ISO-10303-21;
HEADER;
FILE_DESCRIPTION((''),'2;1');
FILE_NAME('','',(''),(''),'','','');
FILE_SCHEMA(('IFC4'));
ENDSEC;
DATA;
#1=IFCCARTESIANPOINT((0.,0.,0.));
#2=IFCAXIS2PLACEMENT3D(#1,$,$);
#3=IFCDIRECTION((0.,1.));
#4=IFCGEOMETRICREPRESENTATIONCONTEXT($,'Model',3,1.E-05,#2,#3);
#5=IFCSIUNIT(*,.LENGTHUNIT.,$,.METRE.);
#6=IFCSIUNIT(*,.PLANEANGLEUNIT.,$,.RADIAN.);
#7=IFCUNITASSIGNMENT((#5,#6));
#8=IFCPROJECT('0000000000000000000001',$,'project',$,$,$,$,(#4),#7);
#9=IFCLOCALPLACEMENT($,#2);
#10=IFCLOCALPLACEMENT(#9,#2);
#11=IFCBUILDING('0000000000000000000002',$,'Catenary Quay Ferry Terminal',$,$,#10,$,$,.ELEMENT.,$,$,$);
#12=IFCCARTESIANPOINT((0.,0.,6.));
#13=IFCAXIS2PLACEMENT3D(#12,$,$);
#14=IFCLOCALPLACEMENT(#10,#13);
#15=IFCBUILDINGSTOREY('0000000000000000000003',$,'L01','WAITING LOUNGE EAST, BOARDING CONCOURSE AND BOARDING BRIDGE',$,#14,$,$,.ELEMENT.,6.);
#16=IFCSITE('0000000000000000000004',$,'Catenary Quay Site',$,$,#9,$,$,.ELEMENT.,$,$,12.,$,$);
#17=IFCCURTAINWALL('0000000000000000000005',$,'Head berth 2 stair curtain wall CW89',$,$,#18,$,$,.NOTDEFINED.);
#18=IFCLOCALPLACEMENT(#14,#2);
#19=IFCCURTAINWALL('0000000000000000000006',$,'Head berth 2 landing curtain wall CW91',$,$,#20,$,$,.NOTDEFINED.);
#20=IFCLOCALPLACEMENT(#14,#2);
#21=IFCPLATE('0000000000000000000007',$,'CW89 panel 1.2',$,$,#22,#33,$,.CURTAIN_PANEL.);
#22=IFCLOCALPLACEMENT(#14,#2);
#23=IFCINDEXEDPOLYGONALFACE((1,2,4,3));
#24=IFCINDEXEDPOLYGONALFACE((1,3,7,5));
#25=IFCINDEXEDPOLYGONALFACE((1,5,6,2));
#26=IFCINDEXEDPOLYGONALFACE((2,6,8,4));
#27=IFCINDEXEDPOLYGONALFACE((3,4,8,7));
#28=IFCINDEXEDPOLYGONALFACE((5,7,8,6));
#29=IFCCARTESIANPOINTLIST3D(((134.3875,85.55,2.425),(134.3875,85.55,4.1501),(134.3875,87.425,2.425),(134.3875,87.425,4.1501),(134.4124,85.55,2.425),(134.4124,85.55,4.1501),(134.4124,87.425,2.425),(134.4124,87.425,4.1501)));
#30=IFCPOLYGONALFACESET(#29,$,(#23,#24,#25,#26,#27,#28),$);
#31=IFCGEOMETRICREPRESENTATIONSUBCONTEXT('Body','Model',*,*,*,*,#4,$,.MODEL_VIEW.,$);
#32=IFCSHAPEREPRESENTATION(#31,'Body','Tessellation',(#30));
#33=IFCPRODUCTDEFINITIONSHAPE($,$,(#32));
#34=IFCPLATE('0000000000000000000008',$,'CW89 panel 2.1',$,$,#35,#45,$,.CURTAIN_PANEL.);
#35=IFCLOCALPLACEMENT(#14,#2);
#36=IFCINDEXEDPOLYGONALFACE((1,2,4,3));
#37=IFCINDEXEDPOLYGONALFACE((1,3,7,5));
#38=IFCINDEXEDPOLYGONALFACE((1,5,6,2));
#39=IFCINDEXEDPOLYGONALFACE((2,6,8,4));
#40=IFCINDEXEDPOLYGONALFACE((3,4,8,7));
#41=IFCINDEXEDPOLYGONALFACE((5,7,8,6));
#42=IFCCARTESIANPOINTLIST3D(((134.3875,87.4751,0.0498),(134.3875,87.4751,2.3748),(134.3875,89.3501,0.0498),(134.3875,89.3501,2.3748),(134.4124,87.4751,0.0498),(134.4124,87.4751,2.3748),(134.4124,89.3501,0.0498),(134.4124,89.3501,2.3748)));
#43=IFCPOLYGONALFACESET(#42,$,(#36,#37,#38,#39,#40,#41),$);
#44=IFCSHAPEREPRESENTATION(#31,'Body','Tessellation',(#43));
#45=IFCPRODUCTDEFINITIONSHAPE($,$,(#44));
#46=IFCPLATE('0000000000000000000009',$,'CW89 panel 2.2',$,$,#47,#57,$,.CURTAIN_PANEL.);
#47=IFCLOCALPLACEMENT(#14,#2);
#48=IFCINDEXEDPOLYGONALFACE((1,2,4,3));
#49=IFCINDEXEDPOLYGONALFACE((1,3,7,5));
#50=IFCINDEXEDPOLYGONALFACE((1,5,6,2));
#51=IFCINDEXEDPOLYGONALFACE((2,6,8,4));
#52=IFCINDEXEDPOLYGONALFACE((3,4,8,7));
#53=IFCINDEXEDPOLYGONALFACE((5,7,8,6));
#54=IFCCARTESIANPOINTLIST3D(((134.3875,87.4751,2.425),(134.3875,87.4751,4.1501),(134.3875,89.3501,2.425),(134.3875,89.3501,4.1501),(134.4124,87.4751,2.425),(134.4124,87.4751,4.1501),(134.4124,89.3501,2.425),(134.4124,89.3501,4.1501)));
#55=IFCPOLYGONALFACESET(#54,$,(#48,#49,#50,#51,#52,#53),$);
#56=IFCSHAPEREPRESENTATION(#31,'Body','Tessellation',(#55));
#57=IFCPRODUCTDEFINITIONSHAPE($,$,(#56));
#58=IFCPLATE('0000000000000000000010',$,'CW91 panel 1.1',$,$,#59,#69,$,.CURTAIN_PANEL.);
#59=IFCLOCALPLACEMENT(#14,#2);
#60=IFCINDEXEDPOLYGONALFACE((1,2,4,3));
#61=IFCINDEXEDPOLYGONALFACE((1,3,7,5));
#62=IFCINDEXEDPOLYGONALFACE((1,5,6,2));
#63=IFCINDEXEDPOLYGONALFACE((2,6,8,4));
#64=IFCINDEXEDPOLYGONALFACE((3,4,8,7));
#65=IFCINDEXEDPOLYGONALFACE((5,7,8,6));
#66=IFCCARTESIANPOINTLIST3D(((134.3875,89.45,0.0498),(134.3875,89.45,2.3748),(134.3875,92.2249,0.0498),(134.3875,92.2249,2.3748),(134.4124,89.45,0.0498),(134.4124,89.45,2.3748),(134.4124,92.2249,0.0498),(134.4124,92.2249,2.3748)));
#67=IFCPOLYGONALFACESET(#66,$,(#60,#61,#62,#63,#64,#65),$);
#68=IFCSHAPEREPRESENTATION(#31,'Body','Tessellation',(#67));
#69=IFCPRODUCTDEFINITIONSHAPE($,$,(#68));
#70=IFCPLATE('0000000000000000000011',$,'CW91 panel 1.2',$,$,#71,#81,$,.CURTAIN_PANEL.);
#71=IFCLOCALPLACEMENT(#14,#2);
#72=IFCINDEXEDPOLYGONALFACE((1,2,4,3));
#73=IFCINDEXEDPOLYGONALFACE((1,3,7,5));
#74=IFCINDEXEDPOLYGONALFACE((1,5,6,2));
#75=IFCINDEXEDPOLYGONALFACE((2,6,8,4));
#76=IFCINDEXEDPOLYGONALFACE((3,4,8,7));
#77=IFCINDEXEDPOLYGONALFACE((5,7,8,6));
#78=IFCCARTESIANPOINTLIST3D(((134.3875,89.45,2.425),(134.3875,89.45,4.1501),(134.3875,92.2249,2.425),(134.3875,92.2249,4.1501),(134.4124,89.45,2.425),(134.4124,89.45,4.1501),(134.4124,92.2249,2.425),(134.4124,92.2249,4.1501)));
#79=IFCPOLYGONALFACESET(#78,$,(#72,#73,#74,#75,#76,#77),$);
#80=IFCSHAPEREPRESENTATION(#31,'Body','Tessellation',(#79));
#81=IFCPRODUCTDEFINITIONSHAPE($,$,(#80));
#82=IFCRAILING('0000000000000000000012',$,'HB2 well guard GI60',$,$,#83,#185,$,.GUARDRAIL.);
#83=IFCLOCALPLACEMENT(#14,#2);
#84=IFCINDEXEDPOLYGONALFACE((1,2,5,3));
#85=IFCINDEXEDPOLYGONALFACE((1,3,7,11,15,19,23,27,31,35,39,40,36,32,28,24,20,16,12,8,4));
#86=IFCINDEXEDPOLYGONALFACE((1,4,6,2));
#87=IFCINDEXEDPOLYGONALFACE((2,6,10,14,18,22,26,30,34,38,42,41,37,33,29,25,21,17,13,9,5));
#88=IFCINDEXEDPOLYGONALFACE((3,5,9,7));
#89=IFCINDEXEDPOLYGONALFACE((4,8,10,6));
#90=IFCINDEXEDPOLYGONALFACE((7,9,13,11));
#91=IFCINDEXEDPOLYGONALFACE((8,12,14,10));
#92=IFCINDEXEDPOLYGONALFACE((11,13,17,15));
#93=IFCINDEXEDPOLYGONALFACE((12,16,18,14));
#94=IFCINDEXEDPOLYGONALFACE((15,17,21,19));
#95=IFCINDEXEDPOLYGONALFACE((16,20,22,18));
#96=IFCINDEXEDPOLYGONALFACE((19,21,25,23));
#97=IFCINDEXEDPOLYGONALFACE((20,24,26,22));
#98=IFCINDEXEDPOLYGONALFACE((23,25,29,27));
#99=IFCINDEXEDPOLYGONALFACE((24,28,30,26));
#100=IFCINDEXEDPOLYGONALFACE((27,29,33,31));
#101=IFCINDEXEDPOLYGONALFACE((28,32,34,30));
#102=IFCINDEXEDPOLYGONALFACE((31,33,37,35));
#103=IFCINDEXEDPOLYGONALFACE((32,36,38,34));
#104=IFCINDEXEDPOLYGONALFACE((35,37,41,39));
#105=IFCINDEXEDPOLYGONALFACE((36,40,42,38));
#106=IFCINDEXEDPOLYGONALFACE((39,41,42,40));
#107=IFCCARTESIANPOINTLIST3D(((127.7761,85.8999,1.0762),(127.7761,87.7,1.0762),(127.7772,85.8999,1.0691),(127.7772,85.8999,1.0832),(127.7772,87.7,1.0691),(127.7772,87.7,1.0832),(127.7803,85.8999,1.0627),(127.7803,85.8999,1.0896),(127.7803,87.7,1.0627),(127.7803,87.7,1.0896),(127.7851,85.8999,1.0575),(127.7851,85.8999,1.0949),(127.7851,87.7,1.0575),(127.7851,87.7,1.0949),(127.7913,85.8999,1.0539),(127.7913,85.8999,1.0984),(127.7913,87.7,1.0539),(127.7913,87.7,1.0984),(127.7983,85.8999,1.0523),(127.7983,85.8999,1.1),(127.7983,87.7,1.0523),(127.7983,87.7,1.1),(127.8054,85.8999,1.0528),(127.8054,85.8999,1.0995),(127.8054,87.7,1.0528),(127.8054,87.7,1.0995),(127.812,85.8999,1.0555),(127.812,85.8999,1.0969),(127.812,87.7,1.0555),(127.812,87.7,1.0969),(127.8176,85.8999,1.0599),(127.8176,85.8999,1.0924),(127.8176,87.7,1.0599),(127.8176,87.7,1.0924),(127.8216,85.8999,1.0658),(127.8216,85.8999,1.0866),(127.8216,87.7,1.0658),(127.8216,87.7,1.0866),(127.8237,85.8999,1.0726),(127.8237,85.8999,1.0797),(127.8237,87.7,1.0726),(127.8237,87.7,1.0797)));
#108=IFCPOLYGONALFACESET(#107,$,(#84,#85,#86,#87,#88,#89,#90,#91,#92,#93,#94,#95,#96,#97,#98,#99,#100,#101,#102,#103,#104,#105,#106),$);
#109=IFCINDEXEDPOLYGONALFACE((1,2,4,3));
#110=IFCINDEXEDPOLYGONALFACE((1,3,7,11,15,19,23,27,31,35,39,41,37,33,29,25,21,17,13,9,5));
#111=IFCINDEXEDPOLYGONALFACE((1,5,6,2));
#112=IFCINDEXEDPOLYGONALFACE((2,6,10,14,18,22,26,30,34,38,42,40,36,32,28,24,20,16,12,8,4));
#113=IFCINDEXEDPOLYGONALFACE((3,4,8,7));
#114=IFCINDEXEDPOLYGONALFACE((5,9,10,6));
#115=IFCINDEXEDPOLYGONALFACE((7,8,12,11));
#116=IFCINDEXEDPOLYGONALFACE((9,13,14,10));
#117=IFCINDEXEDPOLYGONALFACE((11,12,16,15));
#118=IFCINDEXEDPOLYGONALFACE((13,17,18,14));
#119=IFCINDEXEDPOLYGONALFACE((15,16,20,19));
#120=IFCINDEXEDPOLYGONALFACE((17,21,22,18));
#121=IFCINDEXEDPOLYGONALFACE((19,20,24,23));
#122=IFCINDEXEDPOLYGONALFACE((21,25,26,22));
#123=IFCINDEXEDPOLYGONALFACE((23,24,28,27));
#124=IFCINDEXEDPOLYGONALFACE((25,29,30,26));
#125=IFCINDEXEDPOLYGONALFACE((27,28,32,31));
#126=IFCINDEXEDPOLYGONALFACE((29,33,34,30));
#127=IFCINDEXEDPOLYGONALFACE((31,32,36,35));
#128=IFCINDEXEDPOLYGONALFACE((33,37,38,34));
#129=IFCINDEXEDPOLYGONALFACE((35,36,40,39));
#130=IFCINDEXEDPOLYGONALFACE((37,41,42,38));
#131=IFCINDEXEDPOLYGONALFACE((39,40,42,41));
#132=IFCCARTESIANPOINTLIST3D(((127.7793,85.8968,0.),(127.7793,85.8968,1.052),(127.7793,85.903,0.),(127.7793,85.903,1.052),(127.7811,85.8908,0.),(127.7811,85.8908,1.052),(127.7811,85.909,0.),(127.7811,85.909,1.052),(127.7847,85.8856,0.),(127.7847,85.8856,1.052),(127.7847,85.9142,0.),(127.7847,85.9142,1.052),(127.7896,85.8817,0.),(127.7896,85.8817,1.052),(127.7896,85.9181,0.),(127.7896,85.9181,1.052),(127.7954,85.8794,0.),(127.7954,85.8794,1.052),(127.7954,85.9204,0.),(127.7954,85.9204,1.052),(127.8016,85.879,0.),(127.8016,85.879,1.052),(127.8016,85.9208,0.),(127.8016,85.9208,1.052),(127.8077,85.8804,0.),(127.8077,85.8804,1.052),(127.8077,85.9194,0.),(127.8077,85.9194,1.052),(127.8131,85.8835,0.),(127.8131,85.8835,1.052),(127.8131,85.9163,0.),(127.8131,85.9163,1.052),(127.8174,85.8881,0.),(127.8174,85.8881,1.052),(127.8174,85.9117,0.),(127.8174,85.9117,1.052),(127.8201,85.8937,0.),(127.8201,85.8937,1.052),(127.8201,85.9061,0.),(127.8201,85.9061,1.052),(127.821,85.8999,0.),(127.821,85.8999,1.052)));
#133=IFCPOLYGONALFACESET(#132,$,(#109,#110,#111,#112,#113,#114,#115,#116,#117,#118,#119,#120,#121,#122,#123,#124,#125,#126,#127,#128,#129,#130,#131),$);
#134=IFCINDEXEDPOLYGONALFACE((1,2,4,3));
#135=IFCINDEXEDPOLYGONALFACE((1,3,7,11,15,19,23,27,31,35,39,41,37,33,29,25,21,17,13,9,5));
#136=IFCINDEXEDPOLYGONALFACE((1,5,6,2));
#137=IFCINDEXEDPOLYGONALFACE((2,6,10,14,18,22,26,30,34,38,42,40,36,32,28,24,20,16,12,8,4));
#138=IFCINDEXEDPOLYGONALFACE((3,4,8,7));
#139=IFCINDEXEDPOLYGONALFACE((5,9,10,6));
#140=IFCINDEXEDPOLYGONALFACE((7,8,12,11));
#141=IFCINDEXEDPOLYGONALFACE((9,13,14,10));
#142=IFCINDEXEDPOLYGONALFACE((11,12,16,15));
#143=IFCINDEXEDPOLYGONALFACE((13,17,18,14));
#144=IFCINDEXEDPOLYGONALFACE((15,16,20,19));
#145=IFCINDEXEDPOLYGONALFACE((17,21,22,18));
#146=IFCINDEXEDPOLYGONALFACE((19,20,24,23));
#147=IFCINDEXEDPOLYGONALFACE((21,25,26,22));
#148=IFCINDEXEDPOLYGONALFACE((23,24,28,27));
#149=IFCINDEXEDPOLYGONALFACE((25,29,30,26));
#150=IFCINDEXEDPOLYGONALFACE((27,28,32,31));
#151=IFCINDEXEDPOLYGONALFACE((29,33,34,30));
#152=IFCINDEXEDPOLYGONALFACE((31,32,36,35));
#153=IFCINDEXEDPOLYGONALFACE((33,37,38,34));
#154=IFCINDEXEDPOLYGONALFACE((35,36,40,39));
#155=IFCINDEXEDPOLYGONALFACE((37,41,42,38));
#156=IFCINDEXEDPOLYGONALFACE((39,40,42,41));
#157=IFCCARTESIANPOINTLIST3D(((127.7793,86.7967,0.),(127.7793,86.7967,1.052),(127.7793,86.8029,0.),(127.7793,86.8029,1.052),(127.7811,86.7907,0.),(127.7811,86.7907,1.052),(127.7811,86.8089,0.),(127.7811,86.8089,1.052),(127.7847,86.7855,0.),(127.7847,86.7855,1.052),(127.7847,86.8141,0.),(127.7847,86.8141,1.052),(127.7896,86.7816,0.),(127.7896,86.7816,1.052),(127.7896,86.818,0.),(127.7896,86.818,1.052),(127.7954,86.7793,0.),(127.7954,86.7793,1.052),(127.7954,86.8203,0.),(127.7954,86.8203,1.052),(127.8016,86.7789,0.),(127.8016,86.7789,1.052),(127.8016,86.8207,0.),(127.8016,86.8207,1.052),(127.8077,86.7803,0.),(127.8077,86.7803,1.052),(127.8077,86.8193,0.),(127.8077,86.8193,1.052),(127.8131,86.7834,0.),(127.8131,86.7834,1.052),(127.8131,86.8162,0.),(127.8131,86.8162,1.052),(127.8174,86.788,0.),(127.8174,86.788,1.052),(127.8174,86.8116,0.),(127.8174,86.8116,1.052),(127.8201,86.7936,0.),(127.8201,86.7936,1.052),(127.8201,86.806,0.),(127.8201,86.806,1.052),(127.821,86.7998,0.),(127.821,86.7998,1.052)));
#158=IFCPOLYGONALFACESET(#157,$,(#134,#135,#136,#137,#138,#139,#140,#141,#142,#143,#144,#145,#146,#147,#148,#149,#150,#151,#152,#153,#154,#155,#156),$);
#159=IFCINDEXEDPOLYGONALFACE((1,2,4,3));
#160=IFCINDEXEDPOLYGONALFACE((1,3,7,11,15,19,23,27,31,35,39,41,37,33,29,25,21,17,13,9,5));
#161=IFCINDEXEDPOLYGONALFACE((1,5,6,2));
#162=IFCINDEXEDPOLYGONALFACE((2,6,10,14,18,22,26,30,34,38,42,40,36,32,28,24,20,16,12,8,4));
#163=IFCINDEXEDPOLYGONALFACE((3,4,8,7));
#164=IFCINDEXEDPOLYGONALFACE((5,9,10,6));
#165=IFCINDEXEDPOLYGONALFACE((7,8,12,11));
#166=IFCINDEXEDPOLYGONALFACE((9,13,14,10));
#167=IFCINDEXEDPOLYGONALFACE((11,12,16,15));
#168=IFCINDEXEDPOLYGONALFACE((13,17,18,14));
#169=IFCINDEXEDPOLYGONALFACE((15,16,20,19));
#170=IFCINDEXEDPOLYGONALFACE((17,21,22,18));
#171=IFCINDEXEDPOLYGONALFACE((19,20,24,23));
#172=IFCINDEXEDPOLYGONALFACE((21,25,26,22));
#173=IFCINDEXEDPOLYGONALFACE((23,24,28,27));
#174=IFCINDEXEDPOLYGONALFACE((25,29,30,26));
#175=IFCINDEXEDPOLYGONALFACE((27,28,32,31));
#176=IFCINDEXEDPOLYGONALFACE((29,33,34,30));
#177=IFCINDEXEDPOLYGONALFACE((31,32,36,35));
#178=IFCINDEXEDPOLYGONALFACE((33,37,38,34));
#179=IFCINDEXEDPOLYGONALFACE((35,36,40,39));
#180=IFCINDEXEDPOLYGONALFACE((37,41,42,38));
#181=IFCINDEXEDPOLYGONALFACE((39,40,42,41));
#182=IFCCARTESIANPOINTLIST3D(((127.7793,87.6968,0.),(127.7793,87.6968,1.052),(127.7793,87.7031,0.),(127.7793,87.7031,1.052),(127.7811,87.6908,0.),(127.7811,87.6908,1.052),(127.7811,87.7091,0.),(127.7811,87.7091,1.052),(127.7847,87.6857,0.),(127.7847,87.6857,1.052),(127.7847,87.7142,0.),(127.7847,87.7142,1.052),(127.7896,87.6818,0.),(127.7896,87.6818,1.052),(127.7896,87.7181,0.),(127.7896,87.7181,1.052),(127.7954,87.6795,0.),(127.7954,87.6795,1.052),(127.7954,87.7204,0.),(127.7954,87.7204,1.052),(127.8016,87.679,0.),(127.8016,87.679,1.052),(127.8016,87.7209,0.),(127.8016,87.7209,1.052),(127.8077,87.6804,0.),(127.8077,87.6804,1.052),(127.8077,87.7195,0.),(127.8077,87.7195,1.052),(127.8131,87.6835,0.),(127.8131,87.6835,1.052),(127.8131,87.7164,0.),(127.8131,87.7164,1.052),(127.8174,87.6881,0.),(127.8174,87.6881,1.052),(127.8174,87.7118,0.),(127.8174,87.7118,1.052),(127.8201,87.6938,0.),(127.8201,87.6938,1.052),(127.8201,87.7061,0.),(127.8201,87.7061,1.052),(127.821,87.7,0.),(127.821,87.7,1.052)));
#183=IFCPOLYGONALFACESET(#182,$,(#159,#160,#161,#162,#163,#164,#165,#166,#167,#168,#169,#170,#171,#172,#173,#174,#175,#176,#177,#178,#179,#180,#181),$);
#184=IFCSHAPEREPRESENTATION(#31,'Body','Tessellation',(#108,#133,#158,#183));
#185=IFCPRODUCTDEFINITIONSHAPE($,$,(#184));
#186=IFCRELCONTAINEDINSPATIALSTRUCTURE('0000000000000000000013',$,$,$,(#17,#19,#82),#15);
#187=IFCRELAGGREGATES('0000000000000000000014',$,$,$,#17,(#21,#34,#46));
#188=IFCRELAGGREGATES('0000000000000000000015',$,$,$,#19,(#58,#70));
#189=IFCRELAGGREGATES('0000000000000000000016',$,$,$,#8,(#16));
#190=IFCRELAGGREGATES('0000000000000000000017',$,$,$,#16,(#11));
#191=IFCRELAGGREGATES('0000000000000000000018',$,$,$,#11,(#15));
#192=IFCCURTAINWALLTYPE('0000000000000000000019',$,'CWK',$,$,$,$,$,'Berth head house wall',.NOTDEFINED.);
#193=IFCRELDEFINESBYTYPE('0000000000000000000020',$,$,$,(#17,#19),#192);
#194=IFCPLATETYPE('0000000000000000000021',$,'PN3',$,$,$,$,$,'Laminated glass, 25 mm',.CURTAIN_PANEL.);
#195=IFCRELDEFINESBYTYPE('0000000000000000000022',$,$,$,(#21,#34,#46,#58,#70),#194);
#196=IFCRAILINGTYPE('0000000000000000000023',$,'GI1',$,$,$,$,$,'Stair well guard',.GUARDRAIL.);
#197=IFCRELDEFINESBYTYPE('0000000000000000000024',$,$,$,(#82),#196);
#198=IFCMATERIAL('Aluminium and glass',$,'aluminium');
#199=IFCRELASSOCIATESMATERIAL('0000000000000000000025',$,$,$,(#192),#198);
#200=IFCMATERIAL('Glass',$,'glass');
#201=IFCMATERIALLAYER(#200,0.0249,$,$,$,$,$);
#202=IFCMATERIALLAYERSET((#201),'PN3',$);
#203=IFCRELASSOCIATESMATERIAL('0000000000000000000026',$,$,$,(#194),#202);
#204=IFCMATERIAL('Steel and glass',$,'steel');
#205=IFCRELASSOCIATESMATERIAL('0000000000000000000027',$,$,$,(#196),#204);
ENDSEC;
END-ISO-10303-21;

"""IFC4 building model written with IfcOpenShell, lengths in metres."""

from ifc_helpers import new_model, si_unit, direction, frame, origin, origin_2d, place, context, subcontext, project, spatial, rectangle, circle, extrude, material, layer, layer_set, type_object, element, aggregate, save


model = new_model("IFC4")

# Units and contexts
model_context = context("Model", 3, precision=1e-05, world=origin(), true_north=direction((0.0, 1.0)))
body_context = subcontext(model_context, "Body", "Model", "MODEL_VIEW")
ifc_project = project(units=[si_unit("LENGTHUNIT", "METRE"), si_unit("PLANEANGLEUNIT", "RADIAN")], contexts=[model_context])

# Site, building, storey
site_placement = place(None, origin())
site = spatial("IfcSite", under=ifc_project, at=site_placement, Name="Catenary Quay Site", CompositionType="ELEMENT", RefElevation=12.0)
building_placement = place(site_placement, origin())
building = spatial("IfcBuilding", under=site, at=building_placement, Name="Catenary Quay Ferry Terminal", CompositionType="ELEMENT")
storey_placement = place(building_placement, frame((0.0, 0.0, 6.0)))
storey = spatial("IfcBuildingStorey", under=building, at=storey_placement, Name="L01", Description="WAITING LOUNGE EAST, BOARDING CONCOURSE AND BOARDING BRIDGE", CompositionType="ELEMENT", Elevation=6.0)

# Curtain walls
ifc_material_1 = material(Name="Aluminium and glass", Category="aluminium")
curtain_wall_type = type_object("IfcCurtainWallType", Name="CWK", ElementType="Berth head house wall", PredefinedType="NOTDEFINED", material=ifc_material_1)
curtain_wall_1_placement = place(storey_placement, origin())
curtain_wall_1 = element("IfcCurtainWall", 1, at=curtain_wall_1_placement, inside=storey, type_object=curtain_wall_type, Name="Head berth 2 stair curtain wall CW89", PredefinedType="NOTDEFINED")
curtain_wall_2_placement = place(storey_placement, origin())
curtain_wall_2 = element("IfcCurtainWall", 2, at=curtain_wall_2_placement, inside=storey, type_object=curtain_wall_type, Name="Head berth 2 landing curtain wall CW91", PredefinedType="NOTDEFINED")

# Plates
ifc_material_2 = material(Name="Glass", Category="glass")
ifc_layer = layer(ifc_material_2, 0.0249)
ifc_layer_set = layer_set([ifc_layer], Name="PN3")
plate_type = type_object("IfcPlateType", Name="PN3", ElementType="Laminated glass, 25 mm", PredefinedType="CURTAIN_PANEL", material=ifc_layer_set)
plate_1_placement = place(storey_placement, frame((134.3999, 86.4875, 2.425), z_axis=(0.0, 0.0, 1.0), x_axis=(0.0, 1.0, 0.0)))
plate_1 = element("IfcPlate", 3, at=plate_1_placement, type_object=plate_type, Name="CW89 panel 1.2", PredefinedType="CURTAIN_PANEL", context=body_context, shape_type="SweptSolid", body=[
    extrude(rectangle(XDim=1.875, YDim=0.0249, at=origin_2d()), origin(), (0.0, 0.0, 1.0), 1.7251),
])
plate_2_placement = place(storey_placement, frame((134.3999, 88.4126, 0.0498), z_axis=(0.0, 0.0, 1.0), x_axis=(0.0, 1.0, 0.0)))
plate_2 = element("IfcPlate", 4, at=plate_2_placement, type_object=plate_type, Name="CW89 panel 2.1", PredefinedType="CURTAIN_PANEL", context=body_context, shape_type="SweptSolid", body=[
    extrude(rectangle(XDim=1.875, YDim=0.0249, at=origin_2d()), origin(), (0.0, 0.0, 1.0), 2.325),
])
plate_3_placement = place(storey_placement, frame((134.3999, 88.4126, 2.425), z_axis=(0.0, 0.0, 1.0), x_axis=(0.0, 1.0, 0.0)))
plate_3 = element("IfcPlate", 5, at=plate_3_placement, type_object=plate_type, Name="CW89 panel 2.2", PredefinedType="CURTAIN_PANEL", context=body_context, shape_type="SweptSolid", body=[
    extrude(rectangle(XDim=1.875, YDim=0.0249, at=origin_2d()), origin(), (0.0, 0.0, 1.0), 1.7251),
])
aggregate(curtain_wall_1, [plate_1, plate_2, plate_3])
plate_4_placement = place(storey_placement, frame((134.3999, 90.8374, 0.0498), z_axis=(0.0, 0.0, 1.0), x_axis=(0.0, 1.0, 0.0)))
plate_4 = element("IfcPlate", 6, at=plate_4_placement, type_object=plate_type, Name="CW91 panel 1.1", PredefinedType="CURTAIN_PANEL", context=body_context, shape_type="SweptSolid", body=[
    extrude(rectangle(XDim=2.7749, YDim=0.0249, at=origin_2d()), origin(), (0.0, 0.0, 1.0), 2.325),
])
plate_5_placement = place(storey_placement, frame((134.3999, 90.8374, 2.425), z_axis=(0.0, 0.0, 1.0), x_axis=(0.0, 1.0, 0.0)))
plate_5 = element("IfcPlate", 7, at=plate_5_placement, type_object=plate_type, Name="CW91 panel 1.2", PredefinedType="CURTAIN_PANEL", context=body_context, shape_type="SweptSolid", body=[
    extrude(rectangle(XDim=2.7749, YDim=0.0249, at=origin_2d()), origin(), (0.0, 0.0, 1.0), 1.7251),
])
aggregate(curtain_wall_2, [plate_4, plate_5])

# Railing
ifc_material_3 = material(Name="Steel and glass", Category="steel")
railing_type = type_object("IfcRailingType", Name="GI1", ElementType="Stair well guard", PredefinedType="GUARDRAIL", material=ifc_material_3)
railing_placement = place(storey_placement, frame((127.8, 85.8999, 0.0)))
element("IfcRailing", 8, at=railing_placement, inside=storey, type_object=railing_type, Name="HB2 well guard GI60", PredefinedType="GUARDRAIL", context=body_context, shape_type="SweptSolid", body=[
    extrude(circle(Radius=0.0239, at=origin_2d()), frame((0.0, 0.0, 1.0762), z_axis=(0.0, 1.0, 0.0), x_axis=(-1.0, 0.0, 0.0)), (0.0, 0.0, 1.0), 1.8),
    extrude(circle(Radius=0.021, at=origin_2d()), origin(), (0.0, 0.0, 1.0), 1.052),
    extrude(circle(Radius=0.021, at=origin_2d()), frame((0.0, 0.8999, 0.0)), (0.0, 0.0, 1.0), 1.052),
    extrude(circle(Radius=0.021, at=origin_2d()), frame((0.0, 1.8, 0.0)), (0.0, 0.0, 1.0), 1.052),
])

save(model, "model.ifc")
